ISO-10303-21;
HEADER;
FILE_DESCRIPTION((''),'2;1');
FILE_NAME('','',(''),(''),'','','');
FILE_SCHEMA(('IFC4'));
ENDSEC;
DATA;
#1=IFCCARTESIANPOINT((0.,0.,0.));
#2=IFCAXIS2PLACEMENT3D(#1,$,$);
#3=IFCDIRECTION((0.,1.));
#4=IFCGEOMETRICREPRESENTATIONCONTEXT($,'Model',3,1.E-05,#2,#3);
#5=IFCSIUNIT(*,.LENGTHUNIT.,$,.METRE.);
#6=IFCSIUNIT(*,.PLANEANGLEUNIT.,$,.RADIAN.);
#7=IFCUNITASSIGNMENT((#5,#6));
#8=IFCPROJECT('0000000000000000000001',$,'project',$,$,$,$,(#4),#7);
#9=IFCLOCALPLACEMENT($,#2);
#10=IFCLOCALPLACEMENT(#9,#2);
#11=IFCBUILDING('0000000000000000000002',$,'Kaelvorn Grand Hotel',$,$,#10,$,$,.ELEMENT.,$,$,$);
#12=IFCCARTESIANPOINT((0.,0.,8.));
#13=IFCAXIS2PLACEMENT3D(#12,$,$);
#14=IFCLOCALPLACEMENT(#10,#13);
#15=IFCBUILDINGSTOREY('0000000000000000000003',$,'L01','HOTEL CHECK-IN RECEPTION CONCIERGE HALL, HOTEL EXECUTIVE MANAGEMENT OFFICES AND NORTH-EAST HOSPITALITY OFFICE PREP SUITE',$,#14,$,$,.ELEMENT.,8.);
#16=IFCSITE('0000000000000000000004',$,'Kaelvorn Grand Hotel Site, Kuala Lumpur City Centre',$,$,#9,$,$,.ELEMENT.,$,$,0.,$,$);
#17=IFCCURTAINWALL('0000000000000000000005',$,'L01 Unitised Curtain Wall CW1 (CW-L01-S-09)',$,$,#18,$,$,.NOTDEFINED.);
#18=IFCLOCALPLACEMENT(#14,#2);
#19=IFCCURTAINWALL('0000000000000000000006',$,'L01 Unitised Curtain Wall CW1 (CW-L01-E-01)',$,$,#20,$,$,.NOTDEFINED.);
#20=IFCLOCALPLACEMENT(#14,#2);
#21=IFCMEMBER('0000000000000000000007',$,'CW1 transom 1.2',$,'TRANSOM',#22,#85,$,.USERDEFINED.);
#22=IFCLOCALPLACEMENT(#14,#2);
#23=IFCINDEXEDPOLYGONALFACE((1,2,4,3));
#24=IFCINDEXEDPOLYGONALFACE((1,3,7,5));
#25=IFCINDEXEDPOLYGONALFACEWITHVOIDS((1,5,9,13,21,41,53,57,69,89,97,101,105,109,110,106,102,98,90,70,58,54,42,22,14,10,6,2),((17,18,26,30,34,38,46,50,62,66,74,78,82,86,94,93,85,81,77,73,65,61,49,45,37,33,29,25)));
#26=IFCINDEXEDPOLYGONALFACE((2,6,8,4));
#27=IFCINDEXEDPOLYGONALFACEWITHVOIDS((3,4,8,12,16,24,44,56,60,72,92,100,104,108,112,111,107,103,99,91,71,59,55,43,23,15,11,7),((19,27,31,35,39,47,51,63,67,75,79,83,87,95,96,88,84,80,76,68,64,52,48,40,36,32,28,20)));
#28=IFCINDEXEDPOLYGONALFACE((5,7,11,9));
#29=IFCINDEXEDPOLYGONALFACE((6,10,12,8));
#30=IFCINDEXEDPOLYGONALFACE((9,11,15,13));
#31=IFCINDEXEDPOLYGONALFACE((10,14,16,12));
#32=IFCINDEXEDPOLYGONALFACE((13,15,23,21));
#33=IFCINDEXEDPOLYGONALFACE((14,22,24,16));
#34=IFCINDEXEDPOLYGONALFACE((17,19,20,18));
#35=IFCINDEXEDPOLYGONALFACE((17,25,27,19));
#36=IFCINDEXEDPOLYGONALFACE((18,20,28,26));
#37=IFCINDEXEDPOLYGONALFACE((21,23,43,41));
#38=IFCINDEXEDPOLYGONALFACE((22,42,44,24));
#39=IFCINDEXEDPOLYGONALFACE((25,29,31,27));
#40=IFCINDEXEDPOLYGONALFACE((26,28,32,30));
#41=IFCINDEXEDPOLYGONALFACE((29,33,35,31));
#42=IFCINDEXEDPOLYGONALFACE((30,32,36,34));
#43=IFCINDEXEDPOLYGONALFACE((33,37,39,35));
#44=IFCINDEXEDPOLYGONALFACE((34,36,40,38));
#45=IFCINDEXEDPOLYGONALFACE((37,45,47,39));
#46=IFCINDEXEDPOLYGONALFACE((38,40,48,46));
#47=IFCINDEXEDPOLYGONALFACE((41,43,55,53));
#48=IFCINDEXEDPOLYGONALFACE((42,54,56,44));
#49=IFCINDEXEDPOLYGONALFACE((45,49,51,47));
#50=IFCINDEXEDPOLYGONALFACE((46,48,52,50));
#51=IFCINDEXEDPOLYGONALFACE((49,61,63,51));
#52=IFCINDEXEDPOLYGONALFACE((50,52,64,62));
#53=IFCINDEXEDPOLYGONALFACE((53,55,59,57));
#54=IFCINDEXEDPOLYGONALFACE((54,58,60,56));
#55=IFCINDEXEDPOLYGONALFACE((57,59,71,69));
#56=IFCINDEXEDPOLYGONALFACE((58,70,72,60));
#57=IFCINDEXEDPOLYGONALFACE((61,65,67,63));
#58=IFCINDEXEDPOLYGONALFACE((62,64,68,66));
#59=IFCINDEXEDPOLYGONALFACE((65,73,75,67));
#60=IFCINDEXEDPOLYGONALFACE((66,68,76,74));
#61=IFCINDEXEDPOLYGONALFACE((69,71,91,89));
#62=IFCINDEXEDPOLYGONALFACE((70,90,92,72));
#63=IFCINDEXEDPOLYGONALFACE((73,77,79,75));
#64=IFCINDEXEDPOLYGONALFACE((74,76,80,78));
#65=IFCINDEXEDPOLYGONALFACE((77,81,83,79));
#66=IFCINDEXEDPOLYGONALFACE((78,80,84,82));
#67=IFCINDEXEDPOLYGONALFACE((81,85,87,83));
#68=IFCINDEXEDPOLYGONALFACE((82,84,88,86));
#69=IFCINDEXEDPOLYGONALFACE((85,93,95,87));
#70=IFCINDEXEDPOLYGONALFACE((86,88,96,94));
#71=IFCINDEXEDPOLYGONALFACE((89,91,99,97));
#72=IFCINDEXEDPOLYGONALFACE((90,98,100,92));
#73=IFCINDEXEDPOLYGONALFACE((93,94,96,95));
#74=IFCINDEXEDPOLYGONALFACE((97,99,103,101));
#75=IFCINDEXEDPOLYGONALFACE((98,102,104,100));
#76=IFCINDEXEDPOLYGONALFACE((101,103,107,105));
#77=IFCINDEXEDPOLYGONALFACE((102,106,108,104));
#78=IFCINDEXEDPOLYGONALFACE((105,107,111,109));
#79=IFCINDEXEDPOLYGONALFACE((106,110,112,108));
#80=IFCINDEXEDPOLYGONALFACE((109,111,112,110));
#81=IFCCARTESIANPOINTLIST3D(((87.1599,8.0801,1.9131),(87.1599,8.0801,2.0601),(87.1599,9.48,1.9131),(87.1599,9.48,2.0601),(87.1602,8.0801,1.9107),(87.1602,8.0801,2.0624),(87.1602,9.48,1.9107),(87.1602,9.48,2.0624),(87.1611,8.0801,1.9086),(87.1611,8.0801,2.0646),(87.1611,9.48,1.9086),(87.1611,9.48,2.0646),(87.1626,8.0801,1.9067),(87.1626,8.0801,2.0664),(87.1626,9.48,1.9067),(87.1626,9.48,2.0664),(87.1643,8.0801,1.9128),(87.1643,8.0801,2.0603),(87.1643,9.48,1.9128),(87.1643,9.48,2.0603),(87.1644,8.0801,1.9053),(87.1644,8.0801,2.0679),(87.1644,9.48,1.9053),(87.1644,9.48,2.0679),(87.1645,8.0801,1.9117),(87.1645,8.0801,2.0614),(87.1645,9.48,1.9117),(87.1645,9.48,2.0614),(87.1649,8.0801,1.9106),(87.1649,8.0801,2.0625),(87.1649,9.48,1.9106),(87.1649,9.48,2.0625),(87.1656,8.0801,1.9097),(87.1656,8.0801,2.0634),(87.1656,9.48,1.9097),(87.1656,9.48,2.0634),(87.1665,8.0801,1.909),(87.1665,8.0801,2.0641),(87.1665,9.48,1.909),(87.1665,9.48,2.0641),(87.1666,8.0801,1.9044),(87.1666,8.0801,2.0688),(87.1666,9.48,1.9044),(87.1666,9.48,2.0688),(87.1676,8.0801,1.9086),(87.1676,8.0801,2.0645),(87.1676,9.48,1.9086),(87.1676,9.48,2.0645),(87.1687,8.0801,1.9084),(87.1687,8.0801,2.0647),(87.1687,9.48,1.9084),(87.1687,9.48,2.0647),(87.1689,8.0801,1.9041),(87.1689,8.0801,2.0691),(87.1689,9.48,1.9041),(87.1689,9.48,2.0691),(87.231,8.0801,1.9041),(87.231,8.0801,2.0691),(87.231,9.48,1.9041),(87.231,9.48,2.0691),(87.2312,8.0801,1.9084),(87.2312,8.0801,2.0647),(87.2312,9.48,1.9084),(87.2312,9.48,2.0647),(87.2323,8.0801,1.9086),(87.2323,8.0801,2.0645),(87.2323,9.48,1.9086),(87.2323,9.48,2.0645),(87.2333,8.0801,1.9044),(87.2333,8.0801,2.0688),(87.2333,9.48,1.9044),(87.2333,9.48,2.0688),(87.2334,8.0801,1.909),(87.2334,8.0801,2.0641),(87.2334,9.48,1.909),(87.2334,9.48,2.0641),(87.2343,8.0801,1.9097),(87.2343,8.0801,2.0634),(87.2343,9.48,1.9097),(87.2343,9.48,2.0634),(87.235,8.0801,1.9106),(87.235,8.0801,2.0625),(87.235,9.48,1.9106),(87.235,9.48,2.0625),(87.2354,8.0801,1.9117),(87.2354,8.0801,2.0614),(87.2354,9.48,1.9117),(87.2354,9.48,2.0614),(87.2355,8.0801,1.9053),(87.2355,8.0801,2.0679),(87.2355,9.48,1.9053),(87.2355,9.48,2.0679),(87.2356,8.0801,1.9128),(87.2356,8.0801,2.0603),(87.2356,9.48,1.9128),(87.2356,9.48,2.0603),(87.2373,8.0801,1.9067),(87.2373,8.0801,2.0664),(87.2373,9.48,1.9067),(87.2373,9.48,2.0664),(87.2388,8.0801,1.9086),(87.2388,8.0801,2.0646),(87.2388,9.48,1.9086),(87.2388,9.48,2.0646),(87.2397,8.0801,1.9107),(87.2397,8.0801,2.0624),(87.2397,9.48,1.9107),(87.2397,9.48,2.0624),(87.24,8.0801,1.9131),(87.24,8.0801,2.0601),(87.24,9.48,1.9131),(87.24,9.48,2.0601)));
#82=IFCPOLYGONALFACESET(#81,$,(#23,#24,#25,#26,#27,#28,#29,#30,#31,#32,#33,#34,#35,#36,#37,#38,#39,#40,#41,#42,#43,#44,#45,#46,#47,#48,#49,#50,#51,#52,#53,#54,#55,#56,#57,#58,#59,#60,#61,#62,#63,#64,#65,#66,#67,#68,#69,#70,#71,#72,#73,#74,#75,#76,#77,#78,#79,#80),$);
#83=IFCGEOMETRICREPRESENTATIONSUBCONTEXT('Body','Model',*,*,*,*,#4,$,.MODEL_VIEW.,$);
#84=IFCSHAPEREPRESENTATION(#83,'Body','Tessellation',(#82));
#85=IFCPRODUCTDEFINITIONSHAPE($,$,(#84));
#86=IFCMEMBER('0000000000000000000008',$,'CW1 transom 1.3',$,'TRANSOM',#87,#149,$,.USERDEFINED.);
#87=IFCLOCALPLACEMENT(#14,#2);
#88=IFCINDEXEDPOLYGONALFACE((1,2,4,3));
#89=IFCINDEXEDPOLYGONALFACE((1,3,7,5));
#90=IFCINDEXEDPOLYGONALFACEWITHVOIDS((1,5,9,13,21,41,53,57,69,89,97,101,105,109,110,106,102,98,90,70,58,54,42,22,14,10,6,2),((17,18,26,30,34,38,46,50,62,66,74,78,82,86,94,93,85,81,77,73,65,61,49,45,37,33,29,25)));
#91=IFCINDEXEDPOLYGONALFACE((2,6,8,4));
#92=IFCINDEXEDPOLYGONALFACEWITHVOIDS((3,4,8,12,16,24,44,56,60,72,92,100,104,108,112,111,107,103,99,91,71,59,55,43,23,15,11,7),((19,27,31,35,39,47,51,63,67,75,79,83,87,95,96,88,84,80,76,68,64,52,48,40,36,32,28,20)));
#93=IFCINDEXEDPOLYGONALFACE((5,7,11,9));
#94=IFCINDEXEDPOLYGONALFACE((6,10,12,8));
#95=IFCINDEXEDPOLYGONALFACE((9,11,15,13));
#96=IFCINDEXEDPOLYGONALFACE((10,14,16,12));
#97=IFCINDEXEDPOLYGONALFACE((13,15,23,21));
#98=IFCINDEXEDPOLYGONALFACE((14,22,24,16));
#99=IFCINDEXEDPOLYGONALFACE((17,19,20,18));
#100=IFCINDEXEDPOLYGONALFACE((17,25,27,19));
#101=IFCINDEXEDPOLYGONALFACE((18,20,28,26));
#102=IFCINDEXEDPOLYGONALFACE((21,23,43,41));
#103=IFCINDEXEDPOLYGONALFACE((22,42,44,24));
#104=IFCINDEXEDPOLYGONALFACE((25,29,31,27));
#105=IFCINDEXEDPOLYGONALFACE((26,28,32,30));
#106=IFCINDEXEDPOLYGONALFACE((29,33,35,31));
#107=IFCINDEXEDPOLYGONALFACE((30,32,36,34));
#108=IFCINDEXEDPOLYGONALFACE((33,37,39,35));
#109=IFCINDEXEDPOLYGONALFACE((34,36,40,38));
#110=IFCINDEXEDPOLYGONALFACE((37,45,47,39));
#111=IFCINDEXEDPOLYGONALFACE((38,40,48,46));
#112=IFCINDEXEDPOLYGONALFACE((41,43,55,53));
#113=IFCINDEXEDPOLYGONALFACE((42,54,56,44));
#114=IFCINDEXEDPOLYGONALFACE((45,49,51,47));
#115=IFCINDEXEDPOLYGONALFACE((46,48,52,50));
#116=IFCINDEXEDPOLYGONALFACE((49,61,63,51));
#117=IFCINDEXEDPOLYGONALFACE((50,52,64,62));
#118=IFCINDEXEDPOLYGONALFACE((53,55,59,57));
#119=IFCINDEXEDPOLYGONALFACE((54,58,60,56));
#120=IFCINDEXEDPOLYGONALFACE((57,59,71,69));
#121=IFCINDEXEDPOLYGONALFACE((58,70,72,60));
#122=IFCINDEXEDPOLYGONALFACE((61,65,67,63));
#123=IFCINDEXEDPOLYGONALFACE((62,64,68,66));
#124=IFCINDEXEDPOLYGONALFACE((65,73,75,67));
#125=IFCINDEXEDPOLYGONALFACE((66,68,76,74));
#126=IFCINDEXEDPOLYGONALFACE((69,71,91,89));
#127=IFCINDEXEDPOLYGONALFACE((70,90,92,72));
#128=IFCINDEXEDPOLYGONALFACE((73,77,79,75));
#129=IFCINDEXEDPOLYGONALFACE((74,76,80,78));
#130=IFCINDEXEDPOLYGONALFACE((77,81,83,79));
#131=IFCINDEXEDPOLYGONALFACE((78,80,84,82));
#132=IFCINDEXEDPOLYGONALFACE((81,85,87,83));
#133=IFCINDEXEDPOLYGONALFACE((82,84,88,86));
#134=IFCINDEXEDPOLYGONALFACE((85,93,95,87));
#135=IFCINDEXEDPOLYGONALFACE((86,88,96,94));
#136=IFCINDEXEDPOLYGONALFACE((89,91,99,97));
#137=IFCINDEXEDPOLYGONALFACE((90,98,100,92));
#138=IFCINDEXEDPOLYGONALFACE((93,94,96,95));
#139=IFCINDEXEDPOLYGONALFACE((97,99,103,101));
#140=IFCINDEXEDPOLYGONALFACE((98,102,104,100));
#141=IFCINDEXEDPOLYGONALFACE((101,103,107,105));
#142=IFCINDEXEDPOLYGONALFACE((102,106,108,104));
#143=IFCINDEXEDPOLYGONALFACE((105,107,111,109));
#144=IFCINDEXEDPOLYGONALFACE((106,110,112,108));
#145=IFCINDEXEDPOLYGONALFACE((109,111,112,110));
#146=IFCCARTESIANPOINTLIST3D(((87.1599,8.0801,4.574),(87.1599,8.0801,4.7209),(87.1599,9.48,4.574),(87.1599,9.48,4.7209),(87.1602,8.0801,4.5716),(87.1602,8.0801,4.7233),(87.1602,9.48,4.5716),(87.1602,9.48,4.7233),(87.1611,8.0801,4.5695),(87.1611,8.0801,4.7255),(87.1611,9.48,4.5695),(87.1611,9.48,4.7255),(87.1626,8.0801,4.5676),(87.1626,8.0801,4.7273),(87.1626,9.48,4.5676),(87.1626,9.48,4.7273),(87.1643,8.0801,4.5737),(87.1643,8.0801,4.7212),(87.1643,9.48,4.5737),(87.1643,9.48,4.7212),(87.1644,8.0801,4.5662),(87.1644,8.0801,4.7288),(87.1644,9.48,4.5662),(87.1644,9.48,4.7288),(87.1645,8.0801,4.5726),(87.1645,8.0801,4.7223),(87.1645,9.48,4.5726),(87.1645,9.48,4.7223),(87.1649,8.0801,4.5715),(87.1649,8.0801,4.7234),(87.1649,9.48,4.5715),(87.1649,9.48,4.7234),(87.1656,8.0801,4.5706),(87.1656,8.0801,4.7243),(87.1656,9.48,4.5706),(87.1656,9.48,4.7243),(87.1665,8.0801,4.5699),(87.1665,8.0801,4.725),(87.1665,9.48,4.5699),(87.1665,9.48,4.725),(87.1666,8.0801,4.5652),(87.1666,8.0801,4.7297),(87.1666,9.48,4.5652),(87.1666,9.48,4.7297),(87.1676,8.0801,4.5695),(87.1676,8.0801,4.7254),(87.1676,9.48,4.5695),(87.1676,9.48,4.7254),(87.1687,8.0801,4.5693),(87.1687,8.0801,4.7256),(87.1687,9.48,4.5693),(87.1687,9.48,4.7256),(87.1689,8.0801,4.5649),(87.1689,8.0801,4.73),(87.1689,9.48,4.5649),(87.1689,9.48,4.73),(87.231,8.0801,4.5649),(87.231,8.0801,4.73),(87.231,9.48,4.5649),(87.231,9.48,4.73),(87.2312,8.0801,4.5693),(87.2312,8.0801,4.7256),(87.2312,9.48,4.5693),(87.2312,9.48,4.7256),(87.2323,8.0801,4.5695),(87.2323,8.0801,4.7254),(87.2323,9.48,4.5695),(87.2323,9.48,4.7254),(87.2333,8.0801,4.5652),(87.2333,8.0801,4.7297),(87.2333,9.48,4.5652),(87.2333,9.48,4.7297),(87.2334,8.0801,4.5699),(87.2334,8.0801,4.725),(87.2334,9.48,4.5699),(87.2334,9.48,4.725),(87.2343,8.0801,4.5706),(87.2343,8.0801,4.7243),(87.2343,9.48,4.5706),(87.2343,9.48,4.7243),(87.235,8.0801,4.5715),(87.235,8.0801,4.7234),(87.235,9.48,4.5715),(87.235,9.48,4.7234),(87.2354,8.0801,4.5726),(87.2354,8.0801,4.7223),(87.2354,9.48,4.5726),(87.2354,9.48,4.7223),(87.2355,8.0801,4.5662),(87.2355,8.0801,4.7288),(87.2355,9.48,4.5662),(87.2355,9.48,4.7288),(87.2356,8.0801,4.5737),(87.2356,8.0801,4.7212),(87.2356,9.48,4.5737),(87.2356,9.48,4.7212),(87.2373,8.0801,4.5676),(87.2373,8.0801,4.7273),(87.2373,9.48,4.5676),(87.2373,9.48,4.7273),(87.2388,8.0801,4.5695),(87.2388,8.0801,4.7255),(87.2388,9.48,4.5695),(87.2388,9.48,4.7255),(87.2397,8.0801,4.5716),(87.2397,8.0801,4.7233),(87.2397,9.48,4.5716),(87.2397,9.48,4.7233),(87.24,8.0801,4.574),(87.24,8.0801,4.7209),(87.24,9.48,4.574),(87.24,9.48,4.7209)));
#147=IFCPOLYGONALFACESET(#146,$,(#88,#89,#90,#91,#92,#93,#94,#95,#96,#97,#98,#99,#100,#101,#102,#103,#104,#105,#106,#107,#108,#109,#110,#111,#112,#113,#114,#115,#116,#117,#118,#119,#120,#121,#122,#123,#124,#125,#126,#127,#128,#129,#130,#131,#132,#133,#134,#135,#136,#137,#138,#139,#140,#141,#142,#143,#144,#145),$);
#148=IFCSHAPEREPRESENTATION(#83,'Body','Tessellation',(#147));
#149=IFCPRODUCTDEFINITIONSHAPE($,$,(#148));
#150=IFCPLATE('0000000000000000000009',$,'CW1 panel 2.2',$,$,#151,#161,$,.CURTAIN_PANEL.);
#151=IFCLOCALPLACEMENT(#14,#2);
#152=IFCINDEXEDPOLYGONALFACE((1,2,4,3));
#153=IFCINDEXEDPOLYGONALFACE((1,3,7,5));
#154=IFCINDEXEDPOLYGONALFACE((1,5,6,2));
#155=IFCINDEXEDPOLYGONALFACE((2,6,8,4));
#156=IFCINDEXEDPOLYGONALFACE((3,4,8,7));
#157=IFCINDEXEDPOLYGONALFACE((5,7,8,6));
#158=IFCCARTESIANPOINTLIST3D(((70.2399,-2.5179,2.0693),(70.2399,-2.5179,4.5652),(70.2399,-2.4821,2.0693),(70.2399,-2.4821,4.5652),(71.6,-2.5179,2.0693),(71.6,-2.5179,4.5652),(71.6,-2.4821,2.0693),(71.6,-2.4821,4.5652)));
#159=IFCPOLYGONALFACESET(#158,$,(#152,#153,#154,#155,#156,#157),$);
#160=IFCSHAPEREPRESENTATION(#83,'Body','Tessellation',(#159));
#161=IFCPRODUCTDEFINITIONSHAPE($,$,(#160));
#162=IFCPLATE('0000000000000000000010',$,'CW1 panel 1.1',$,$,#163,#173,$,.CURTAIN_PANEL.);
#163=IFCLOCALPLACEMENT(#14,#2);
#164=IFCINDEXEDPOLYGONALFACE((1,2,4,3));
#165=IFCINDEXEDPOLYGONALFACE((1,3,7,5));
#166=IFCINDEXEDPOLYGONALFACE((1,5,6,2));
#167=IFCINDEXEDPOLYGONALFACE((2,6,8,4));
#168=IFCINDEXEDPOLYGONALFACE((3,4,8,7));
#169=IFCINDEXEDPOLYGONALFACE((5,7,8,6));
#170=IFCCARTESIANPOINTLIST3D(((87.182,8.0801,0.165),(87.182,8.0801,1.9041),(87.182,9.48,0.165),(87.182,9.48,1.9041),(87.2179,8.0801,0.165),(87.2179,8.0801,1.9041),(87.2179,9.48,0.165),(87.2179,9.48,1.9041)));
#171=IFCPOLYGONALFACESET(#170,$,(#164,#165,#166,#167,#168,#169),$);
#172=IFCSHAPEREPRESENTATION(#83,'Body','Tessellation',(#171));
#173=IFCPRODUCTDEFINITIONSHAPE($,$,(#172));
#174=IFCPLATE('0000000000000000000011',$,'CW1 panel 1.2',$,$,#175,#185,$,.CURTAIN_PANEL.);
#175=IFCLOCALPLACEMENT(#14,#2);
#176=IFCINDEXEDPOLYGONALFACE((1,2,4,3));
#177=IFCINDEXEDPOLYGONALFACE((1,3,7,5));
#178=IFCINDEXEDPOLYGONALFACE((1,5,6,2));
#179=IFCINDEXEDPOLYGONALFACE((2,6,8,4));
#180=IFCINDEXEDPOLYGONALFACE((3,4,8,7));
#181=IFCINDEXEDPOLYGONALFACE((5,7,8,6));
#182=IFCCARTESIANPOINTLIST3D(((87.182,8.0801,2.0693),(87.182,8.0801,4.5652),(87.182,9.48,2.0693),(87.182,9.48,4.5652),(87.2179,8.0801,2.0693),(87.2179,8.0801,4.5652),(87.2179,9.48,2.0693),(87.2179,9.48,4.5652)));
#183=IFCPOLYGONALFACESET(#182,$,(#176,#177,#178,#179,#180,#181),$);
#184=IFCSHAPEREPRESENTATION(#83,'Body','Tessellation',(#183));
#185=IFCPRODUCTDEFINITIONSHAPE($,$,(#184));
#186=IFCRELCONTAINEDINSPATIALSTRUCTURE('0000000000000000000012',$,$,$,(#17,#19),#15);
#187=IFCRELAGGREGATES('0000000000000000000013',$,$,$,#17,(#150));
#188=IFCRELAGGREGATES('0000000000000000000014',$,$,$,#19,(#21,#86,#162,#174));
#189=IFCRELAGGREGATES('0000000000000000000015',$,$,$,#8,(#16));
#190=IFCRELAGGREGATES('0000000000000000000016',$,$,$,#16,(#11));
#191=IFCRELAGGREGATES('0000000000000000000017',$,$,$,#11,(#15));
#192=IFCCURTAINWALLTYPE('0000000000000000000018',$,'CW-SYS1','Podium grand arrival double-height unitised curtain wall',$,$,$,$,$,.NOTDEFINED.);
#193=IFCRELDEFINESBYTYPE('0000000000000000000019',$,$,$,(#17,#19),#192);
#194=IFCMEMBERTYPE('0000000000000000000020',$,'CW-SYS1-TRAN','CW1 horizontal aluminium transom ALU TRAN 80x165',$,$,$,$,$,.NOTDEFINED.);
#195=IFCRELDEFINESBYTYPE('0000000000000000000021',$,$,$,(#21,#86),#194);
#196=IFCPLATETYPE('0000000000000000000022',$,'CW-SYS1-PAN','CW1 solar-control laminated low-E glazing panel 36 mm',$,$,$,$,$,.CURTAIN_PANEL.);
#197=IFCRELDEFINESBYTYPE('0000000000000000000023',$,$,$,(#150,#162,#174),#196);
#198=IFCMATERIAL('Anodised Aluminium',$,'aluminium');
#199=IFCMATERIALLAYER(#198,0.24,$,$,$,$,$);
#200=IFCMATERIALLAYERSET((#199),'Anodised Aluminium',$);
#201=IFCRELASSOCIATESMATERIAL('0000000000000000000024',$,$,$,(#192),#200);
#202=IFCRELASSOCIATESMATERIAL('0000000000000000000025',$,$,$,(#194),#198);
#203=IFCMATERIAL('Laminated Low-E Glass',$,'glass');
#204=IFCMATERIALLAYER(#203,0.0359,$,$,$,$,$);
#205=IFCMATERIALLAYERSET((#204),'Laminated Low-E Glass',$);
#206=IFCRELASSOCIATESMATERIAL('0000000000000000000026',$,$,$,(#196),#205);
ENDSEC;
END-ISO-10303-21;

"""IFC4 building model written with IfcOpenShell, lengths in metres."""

from ifc_helpers import new_model, si_unit, direction, frame, origin, origin_2d, place, context, subcontext, project, spatial, rectangle, hollow_rectangle, extrude, material, layer, layer_set, material_profile, profile_set, type_object, element, aggregate, save


model = new_model("IFC4")

# Units and contexts
model_context = context("Model", 3, precision=1e-05, world=origin(), true_north=direction((0.0, 1.0)))
body_context = subcontext(model_context, "Body", "Model", "MODEL_VIEW")
ifc_project = project(units=[si_unit("LENGTHUNIT", "METRE"), si_unit("PLANEANGLEUNIT", "RADIAN")], contexts=[model_context])

# Site, building, storey
site_placement = place(None, origin())
site = spatial("IfcSite", under=ifc_project, at=site_placement, Name="Kaelvorn Grand Hotel Site, Kuala Lumpur City Centre", CompositionType="ELEMENT", RefElevation=0.0)
building_placement = place(site_placement, origin())
building = spatial("IfcBuilding", under=site, at=building_placement, Name="Kaelvorn Grand Hotel", CompositionType="ELEMENT")
storey_placement = place(building_placement, frame((0.0, 0.0, 8.0)))
storey = spatial("IfcBuildingStorey", under=building, at=storey_placement, Name="L01", Description="HOTEL CHECK-IN RECEPTION CONCIERGE HALL, HOTEL EXECUTIVE MANAGEMENT OFFICES AND NORTH-EAST HOSPITALITY OFFICE PREP SUITE", CompositionType="ELEMENT", Elevation=8.0)

# Curtain wall
ifc_material_1 = material(Name="Anodised Aluminium", Category="aluminium")
ifc_layer_1 = layer(ifc_material_1, 0.24)
ifc_layer_set_1 = layer_set([ifc_layer_1], Name="Anodised Aluminium")
curtain_wall_type = type_object("IfcCurtainWallType", Name="CW-SYS1", Description="Podium grand arrival double-height unitised curtain wall", PredefinedType="NOTDEFINED", material=ifc_layer_set_1)
curtain_wall_1_placement = place(storey_placement, origin())
curtain_wall_1 = element("IfcCurtainWall", 1, at=curtain_wall_1_placement, inside=storey, type_object=curtain_wall_type, Name="L01 Unitised Curtain Wall CW1 (CW-L01-S-09)", PredefinedType="NOTDEFINED")

# Curtain wall, members
curtain_wall_2_placement = place(storey_placement, origin())
curtain_wall_2 = element("IfcCurtainWall", 2, at=curtain_wall_2_placement, inside=storey, type_object=curtain_wall_type, Name="L01 Unitised Curtain Wall CW1 (CW-L01-E-01)", PredefinedType="NOTDEFINED")
ifc_material_profile_1 = material_profile(ifc_material_1, hollow_rectangle(XDim=0.0801, YDim=0.165, WallThickness=0.0044, InnerFilletRadius=0.0044, OuterFilletRadius=0.009, at=origin_2d()), Name="ALU TRAN 80x165")
ifc_profile_set_1 = profile_set([ifc_material_profile_1], Name="Anodised Aluminium")
member_type_1 = type_object("IfcMemberType", Name="CW-SYS1-TRAN", Description="CW1 horizontal aluminium transom ALU TRAN 80x165", PredefinedType="NOTDEFINED", material=ifc_profile_set_1)
member_1_placement = place(storey_placement, frame((87.2, 8.0801, 1.9866), z_axis=(0.0, 1.0, 0.0), x_axis=(-1.0, 0.0, 0.0)))
member_1 = element("IfcMember", 3, at=member_1_placement, type_object=member_type_1, Name="CW1 transom 1.2", ObjectType="TRANSOM", PredefinedType="USERDEFINED", context=body_context, shape_type="SweptSolid", body=[
    extrude(hollow_rectangle(XDim=0.0801, YDim=0.165, WallThickness=0.0044, InnerFilletRadius=0.0044, OuterFilletRadius=0.009, at=origin_2d()), origin(), (0.0, 0.0, 1.0), 1.3999),
])
member_2_placement = place(storey_placement, frame((87.2, 8.0801, 4.6475), z_axis=(0.0, 1.0, 0.0), x_axis=(-1.0, 0.0, 0.0)))
member_2 = element("IfcMember", 4, at=member_2_placement, type_object=member_type_1, Name="CW1 transom 1.3", ObjectType="TRANSOM", PredefinedType="USERDEFINED", context=body_context, shape_type="SweptSolid", body=[
    extrude(hollow_rectangle(XDim=0.0801, YDim=0.165, WallThickness=0.0044, InnerFilletRadius=0.0044, OuterFilletRadius=0.009, at=origin_2d()), origin(), (0.0, 0.0, 1.0), 1.3999),
])

# Plates
ifc_material_2 = material(Name="Laminated Low-E Glass", Category="glass")
ifc_layer_2 = layer(ifc_material_2, 0.0359)
ifc_layer_set_2 = layer_set([ifc_layer_2], Name="Laminated Low-E Glass")
plate_type = type_object("IfcPlateType", Name="CW-SYS1-PAN", Description="CW1 solar-control laminated low-E glazing panel 36 mm", PredefinedType="CURTAIN_PANEL", material=ifc_layer_set_2)
plate_1_placement = place(storey_placement, frame((70.9199, -2.5, 2.0693), z_axis=(0.0, 0.0, 1.0), x_axis=(1.0, 0.0, 0.0)))
plate_1 = element("IfcPlate", 5, at=plate_1_placement, type_object=plate_type, Name="CW1 panel 2.2", PredefinedType="CURTAIN_PANEL", context=body_context, shape_type="SweptSolid", body=[
    extrude(rectangle(XDim=1.3601, YDim=0.0359, at=origin_2d()), origin(), (0.0, 0.0, 1.0), 2.4958),
])
aggregate(curtain_wall_1, [plate_1])
plate_2_placement = place(storey_placement, frame((87.2, 8.78, 0.165), z_axis=(0.0, 0.0, 1.0), x_axis=(0.0, 1.0, 0.0)))
plate_2 = element("IfcPlate", 6, at=plate_2_placement, type_object=plate_type, Name="CW1 panel 1.1", PredefinedType="CURTAIN_PANEL", context=body_context, shape_type="SweptSolid", body=[
    extrude(rectangle(XDim=1.3999, YDim=0.0359, at=origin_2d()), origin(), (0.0, 0.0, 1.0), 1.739),
])
plate_3_placement = place(storey_placement, frame((87.2, 8.78, 2.0693), z_axis=(0.0, 0.0, 1.0), x_axis=(0.0, 1.0, 0.0)))
plate_3 = element("IfcPlate", 7, at=plate_3_placement, type_object=plate_type, Name="CW1 panel 1.2", PredefinedType="CURTAIN_PANEL", context=body_context, shape_type="SweptSolid", body=[
    extrude(rectangle(XDim=1.3999, YDim=0.0359, at=origin_2d()), origin(), (0.0, 0.0, 1.0), 2.4958),
])
aggregate(curtain_wall_2, [member_1, member_2, plate_2, plate_3])

save(model, "model.ifc")
